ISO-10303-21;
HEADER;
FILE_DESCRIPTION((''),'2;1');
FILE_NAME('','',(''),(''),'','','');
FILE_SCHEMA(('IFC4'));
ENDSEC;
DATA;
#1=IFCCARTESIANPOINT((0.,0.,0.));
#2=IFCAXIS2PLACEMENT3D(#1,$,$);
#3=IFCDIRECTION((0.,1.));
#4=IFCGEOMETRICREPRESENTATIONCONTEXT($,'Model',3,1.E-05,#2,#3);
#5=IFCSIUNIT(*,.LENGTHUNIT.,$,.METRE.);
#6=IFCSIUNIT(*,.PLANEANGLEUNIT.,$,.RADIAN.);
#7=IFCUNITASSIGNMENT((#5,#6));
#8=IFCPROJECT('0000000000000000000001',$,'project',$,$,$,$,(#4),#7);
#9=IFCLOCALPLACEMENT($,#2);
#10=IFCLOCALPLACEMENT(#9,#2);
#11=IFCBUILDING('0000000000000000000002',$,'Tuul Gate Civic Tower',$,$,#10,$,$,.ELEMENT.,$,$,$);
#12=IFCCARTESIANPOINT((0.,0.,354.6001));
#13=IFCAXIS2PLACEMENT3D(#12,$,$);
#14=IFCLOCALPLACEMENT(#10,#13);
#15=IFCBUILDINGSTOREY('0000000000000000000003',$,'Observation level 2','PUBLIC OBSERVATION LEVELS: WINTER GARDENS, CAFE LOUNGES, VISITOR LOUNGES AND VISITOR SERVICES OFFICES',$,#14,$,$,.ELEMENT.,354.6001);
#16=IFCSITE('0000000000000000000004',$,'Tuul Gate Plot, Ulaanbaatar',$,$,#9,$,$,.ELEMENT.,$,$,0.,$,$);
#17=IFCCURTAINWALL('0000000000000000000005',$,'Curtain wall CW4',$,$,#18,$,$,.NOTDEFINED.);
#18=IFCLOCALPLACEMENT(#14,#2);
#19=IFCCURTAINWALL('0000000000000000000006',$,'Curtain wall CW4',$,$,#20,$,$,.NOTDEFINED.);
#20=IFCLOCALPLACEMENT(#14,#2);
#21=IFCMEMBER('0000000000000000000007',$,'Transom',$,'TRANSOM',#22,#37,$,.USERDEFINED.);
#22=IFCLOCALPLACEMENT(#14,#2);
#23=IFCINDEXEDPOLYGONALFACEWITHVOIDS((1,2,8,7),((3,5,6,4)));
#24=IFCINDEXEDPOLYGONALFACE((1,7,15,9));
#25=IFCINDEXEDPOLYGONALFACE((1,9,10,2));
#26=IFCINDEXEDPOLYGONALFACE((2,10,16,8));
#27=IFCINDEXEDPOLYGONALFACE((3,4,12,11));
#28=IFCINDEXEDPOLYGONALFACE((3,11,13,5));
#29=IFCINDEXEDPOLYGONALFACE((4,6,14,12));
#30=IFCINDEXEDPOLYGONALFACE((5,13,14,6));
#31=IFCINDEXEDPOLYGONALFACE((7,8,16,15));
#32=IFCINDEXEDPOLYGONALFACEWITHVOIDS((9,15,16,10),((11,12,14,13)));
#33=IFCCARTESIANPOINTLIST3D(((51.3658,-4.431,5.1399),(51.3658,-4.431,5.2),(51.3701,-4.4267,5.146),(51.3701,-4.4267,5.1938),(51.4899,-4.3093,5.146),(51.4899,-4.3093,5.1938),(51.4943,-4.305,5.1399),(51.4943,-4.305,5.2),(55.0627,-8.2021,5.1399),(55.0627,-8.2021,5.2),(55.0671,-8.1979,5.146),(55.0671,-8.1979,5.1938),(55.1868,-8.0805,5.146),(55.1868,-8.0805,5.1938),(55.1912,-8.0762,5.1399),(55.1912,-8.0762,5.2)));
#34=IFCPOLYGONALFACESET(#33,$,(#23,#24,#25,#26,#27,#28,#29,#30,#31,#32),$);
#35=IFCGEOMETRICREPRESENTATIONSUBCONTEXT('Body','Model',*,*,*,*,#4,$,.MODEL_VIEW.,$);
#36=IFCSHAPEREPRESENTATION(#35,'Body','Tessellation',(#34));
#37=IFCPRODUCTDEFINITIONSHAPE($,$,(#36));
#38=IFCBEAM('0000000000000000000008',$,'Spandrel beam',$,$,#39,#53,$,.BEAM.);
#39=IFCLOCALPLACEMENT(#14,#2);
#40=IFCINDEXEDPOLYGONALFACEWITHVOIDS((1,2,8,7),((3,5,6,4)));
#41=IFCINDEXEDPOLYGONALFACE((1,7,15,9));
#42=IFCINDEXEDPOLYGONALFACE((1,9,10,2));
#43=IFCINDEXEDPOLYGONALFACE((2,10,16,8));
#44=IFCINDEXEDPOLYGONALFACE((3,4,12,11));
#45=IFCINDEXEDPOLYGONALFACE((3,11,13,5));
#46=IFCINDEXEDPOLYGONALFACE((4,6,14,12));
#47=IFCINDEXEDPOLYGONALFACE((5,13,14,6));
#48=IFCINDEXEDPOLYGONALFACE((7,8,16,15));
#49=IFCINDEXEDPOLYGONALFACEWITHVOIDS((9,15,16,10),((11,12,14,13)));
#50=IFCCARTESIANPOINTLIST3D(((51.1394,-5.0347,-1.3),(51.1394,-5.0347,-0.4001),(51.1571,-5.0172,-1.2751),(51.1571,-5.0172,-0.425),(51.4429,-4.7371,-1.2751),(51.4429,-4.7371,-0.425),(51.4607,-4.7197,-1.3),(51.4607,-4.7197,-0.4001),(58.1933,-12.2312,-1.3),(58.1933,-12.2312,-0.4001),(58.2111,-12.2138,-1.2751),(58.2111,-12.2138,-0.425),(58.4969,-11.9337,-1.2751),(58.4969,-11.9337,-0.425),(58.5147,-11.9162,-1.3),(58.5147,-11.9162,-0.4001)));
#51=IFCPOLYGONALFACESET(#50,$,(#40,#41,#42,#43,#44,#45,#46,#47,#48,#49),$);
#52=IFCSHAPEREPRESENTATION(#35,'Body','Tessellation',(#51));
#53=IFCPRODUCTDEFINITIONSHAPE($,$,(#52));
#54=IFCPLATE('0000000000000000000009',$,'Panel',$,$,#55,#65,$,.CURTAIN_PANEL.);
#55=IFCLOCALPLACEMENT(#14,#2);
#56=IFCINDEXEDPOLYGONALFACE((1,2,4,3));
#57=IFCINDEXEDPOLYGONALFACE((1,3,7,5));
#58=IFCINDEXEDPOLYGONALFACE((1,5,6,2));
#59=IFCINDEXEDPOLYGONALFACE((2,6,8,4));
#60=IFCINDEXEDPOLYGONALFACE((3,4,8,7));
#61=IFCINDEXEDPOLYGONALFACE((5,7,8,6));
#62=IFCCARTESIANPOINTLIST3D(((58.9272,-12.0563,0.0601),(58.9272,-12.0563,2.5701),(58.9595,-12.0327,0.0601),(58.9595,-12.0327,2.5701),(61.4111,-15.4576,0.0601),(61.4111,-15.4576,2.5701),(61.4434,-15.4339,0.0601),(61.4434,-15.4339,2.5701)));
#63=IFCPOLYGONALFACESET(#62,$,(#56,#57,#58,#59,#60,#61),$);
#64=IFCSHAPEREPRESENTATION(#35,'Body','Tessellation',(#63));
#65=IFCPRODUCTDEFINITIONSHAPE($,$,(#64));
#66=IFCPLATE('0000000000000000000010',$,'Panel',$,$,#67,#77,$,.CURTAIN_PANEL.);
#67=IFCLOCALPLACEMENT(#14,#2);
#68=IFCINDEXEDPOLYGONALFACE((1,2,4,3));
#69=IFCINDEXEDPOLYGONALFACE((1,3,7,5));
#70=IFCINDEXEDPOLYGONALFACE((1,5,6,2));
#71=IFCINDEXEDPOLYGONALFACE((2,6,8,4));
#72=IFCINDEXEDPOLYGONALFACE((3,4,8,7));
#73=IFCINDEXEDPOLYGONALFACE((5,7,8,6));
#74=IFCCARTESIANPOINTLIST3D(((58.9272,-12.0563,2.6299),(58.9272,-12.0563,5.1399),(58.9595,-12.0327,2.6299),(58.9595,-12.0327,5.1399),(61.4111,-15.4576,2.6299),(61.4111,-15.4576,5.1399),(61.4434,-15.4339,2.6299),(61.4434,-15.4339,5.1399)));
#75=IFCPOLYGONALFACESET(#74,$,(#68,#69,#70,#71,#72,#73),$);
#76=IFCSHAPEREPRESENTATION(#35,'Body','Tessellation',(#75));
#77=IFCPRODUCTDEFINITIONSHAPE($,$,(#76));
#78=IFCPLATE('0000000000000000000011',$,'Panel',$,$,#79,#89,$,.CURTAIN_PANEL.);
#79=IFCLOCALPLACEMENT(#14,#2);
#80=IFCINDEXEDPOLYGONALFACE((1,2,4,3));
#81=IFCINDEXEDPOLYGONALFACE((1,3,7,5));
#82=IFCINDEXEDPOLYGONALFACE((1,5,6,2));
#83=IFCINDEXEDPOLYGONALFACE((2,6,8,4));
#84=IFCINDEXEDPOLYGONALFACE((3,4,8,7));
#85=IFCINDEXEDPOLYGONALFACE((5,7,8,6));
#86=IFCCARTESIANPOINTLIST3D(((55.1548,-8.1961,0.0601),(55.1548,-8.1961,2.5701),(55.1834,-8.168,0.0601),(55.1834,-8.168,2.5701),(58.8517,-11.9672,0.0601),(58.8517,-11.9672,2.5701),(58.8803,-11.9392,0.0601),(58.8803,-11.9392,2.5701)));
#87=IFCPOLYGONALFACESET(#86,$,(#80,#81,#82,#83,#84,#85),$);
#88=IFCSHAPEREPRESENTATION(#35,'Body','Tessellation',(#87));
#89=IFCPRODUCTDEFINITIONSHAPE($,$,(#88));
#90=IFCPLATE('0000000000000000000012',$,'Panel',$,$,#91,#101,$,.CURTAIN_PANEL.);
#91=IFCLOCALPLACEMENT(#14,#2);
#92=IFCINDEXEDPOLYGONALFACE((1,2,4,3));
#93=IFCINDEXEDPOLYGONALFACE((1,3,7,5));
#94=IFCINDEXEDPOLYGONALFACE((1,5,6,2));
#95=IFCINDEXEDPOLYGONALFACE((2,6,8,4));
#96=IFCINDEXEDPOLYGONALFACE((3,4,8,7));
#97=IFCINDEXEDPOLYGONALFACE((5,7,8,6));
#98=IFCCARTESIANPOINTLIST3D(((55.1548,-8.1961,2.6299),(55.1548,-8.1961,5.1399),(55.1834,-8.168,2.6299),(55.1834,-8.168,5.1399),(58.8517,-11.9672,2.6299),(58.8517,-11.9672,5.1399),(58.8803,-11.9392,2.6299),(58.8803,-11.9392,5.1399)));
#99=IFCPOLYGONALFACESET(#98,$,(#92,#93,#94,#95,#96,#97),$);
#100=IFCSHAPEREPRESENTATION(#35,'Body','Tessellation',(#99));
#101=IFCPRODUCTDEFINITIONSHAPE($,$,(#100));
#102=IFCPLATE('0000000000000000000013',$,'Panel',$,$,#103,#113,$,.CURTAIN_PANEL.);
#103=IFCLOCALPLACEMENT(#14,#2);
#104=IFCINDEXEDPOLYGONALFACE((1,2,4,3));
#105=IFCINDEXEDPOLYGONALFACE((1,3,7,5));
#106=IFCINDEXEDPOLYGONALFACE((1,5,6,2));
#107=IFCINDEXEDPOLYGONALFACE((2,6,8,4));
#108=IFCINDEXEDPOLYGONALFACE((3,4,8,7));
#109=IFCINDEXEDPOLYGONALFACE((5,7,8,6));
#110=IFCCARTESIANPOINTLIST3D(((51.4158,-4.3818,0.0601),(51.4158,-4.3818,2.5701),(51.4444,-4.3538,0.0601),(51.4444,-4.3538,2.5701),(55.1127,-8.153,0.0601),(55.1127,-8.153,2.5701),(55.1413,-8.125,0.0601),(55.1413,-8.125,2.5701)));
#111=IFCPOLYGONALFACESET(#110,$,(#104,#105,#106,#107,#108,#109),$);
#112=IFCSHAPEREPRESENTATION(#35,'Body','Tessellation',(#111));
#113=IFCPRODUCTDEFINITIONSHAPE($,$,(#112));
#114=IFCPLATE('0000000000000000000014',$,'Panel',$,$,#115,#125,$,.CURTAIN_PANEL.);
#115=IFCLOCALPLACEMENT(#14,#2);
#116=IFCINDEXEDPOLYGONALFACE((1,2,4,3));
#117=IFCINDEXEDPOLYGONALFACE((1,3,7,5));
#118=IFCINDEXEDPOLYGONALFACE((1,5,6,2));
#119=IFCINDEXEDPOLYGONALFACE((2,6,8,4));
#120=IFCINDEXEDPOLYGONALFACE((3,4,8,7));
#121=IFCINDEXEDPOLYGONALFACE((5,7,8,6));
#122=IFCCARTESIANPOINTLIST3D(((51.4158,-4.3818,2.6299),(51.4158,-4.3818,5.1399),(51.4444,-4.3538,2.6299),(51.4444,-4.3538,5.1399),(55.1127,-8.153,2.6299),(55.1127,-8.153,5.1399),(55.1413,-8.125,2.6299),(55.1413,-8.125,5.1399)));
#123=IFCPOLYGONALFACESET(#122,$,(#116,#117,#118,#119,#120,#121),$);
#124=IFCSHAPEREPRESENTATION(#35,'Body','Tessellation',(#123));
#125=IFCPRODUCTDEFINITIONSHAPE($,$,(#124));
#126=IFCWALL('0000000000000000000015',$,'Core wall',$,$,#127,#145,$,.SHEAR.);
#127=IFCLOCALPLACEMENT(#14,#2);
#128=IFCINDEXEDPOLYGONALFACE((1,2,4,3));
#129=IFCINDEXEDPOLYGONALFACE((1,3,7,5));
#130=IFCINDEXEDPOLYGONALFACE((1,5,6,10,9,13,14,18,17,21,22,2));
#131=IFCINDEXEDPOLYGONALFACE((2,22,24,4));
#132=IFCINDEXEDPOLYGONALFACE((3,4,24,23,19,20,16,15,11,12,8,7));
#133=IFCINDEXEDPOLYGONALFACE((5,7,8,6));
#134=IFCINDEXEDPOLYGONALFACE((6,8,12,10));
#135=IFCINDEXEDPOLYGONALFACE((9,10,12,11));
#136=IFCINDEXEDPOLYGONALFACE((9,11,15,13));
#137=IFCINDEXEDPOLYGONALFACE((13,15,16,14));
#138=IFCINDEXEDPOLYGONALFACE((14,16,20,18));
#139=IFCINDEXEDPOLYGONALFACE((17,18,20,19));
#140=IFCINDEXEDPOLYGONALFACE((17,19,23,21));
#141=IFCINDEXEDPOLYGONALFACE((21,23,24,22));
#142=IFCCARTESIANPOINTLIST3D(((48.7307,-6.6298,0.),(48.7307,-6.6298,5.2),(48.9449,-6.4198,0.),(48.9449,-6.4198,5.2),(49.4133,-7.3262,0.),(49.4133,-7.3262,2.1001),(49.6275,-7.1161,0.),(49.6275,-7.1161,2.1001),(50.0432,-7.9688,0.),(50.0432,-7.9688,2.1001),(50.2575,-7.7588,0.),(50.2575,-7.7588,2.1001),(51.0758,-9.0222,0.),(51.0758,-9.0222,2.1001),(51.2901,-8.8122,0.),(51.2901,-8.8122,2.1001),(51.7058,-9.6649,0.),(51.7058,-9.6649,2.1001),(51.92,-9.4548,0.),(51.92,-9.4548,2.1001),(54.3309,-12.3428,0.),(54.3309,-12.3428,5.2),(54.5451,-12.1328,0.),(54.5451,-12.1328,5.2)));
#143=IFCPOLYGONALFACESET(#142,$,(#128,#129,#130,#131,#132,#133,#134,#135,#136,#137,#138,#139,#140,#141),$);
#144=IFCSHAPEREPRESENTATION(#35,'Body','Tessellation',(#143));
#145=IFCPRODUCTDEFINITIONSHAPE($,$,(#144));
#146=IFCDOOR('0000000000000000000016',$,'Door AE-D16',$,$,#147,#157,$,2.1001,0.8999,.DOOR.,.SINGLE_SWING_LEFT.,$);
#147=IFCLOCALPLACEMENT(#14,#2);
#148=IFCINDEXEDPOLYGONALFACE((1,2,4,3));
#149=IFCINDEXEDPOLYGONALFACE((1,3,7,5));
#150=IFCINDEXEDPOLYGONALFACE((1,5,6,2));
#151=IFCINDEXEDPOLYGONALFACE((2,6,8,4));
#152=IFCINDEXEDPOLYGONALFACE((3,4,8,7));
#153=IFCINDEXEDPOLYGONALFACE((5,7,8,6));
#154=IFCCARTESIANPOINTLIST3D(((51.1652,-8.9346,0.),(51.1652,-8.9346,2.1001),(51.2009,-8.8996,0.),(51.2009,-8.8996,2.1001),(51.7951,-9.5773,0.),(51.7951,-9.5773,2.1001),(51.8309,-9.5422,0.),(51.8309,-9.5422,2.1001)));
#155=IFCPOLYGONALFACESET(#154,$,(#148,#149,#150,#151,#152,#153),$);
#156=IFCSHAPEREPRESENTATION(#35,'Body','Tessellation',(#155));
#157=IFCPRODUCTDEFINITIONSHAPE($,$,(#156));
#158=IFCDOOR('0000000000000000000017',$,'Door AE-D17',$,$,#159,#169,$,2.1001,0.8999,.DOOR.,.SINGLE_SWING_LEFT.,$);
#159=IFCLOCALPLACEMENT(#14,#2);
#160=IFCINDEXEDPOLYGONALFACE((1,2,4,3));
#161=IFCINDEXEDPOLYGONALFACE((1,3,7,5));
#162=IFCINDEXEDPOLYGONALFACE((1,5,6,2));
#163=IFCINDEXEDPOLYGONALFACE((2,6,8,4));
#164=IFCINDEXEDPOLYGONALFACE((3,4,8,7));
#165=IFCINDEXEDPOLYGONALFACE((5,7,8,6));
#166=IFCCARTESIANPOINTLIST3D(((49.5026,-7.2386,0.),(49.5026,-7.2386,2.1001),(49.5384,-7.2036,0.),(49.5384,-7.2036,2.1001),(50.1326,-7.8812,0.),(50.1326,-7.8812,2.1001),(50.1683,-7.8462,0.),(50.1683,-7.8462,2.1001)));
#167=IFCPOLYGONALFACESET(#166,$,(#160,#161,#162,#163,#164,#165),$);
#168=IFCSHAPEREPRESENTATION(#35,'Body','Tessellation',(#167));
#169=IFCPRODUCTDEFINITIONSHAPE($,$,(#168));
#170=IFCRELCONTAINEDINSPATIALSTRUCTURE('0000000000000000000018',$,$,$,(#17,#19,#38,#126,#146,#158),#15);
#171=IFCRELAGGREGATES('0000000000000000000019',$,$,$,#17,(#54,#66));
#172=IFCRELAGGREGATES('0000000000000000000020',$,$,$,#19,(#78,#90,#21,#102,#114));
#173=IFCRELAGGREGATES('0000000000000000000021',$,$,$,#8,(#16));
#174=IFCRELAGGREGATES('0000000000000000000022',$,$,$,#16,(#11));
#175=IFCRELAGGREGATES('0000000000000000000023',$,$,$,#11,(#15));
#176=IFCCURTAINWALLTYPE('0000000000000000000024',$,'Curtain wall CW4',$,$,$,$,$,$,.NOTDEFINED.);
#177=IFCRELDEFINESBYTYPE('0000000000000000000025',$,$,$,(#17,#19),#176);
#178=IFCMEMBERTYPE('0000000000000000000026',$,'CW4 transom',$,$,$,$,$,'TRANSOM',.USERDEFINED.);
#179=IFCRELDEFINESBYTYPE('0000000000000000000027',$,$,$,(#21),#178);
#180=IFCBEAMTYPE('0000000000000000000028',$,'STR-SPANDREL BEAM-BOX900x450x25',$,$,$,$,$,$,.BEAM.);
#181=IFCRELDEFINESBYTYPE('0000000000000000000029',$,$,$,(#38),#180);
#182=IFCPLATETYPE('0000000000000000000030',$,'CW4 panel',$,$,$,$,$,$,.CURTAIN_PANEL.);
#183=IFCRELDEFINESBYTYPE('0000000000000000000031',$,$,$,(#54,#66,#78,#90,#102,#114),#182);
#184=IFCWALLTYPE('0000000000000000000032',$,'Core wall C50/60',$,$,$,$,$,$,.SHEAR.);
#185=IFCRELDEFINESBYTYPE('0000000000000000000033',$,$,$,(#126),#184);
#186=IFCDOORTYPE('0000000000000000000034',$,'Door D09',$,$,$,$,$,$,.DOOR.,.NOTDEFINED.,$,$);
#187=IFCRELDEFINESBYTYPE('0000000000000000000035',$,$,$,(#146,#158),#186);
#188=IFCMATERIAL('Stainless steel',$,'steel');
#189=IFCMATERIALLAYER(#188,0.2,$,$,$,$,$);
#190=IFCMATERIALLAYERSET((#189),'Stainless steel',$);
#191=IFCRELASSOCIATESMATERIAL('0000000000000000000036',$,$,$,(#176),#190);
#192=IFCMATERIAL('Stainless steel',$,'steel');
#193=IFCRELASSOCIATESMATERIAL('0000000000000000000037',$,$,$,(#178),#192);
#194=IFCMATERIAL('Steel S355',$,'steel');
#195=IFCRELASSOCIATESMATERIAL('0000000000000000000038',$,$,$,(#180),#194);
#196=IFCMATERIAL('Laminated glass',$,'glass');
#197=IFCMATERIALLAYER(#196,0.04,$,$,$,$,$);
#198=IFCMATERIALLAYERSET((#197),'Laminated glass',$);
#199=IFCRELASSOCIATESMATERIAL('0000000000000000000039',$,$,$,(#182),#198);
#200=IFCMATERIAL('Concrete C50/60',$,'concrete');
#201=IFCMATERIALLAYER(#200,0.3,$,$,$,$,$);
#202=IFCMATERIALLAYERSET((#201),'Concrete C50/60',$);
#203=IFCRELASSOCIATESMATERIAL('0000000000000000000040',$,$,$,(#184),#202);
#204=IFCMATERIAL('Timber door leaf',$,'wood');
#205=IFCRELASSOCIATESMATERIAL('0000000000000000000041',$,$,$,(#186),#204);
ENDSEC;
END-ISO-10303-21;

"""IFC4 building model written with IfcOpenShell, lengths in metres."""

from ifc_helpers import new_model, si_unit, direction, frame, frame_2d, origin, origin_2d, place, context, subcontext, project, spatial, rectangle, hollow_rectangle, extrude, material, layer, layer_set, material_profile, profile_set, type_object, element, fill, aggregate, save


model = new_model("IFC4")

# Units and contexts
model_context = context("Model", 3, precision=1e-05, world=origin(), true_north=direction((0.0, 1.0)))
body_context = subcontext(model_context, "Body", "Model", "MODEL_VIEW")
ifc_project = project(units=[si_unit("LENGTHUNIT", "METRE"), si_unit("PLANEANGLEUNIT", "RADIAN")], contexts=[model_context])

# Site, building, storey
site_placement = place(None, origin())
site = spatial("IfcSite", under=ifc_project, at=site_placement, Name="Tuul Gate Plot, Ulaanbaatar", CompositionType="ELEMENT", RefElevation=0.0)
building_placement = place(site_placement, origin())
building = spatial("IfcBuilding", under=site, at=building_placement, Name="Tuul Gate Civic Tower", CompositionType="ELEMENT")
storey_placement = place(building_placement, frame((0.0, 0.0, 354.6001)))
storey = spatial("IfcBuildingStorey", under=building, at=storey_placement, Name="Observation level 2", Description="PUBLIC OBSERVATION LEVELS: WINTER GARDENS, CAFE LOUNGES, VISITOR LOUNGES AND VISITOR SERVICES OFFICES", CompositionType="ELEMENT", Elevation=354.6001)

# Curtain wall
ifc_material_1 = material(Name="Stainless steel", Category="steel")
ifc_layer_1 = layer(ifc_material_1, 0.2)
ifc_layer_set_1 = layer_set([ifc_layer_1], Name="Stainless steel")
curtain_wall_type = type_object("IfcCurtainWallType", Name="Curtain wall CW4", PredefinedType="NOTDEFINED", material=ifc_layer_set_1)
curtain_wall_1_placement = place(storey_placement, origin())
curtain_wall_1 = element("IfcCurtainWall", 1, at=curtain_wall_1_placement, inside=storey, type_object=curtain_wall_type, Name="Curtain wall CW4", PredefinedType="NOTDEFINED")

# Curtain wall, member
curtain_wall_2_placement = place(storey_placement, origin())
curtain_wall_2 = element("IfcCurtainWall", 2, at=curtain_wall_2_placement, inside=storey, type_object=curtain_wall_type, Name="Curtain wall CW4", PredefinedType="NOTDEFINED")
ifc_material_2 = material(Name="Stainless steel", Category="steel")
ifc_material_profile_1 = material_profile(ifc_material_2, hollow_rectangle(XDim=0.1799, YDim=0.0601, WallThickness=0.0061, at=origin_2d()), Name="CW4 transom")
ifc_profile_set_1 = profile_set([ifc_material_profile_1], Name="Stainless steel")
member_type_1 = type_object("IfcMemberType", Name="CW4 transom", ElementType="TRANSOM", PredefinedType="USERDEFINED", material=ifc_profile_set_1)
member_1_placement = place(storey_placement, frame((55.127, -8.1392, 5.1699), z_axis=(-0.700045, 0.714099, 0.0), x_axis=(-0.714099, -0.700045, 0.0)))
member_1 = element("IfcMember", 3, at=member_1_placement, type_object=member_type_1, Name="Transom", ObjectType="TRANSOM", PredefinedType="USERDEFINED", context=body_context, shape_type="SweptSolid", body=[
    extrude(hollow_rectangle(XDim=0.1799, YDim=0.0601, WallThickness=0.0061, at=origin_2d()), origin(), (0.0, 0.0, 1.0), 5.281),
])

# Beam
ifc_material_3 = material(Name="Steel S355", Category="steel")
ifc_material_profile_2 = material_profile(ifc_material_3, hollow_rectangle(XDim=0.45, YDim=0.8999, WallThickness=0.0249, at=origin_2d()), Name="BOX900x450x25")
ifc_profile_set_2 = profile_set([ifc_material_profile_2], Name="Steel S355")
beam_type = type_object("IfcBeamType", Name="STR-SPANDREL BEAM-BOX900x450x25", PredefinedType="BEAM", material=ifc_profile_set_2)
beam_placement = place(storey_placement, frame((58.354, -12.0737, -0.8501), z_axis=(-0.699997, 0.714146, 0.0), x_axis=(-0.714146, -0.699997, 0.0)))
element("IfcBeam", 4, at=beam_placement, inside=storey, type_object=beam_type, Name="Spandrel beam", PredefinedType="BEAM", context=body_context, shape_type="SweptSolid", body=[
    extrude(hollow_rectangle(XDim=0.45, YDim=0.8999, WallThickness=0.0249, at=origin_2d()), origin(), (0.0, 0.0, 1.0), 10.0771),
])

# Plates
ifc_material_4 = material(Name="Laminated glass", Category="glass")
ifc_layer_2 = layer(ifc_material_4, 0.04)
ifc_layer_set_2 = layer_set([ifc_layer_2], Name="Laminated glass")
plate_type = type_object("IfcPlateType", Name="CW4 panel", PredefinedType="CURTAIN_PANEL", material=ifc_layer_set_2)
plate_1_placement = place(storey_placement, frame((60.1853, -13.7451, 0.0601), z_axis=(0.0, 0.0, 1.0), x_axis=(-0.58976, 0.807578, 0.0)))
plate_1 = element("IfcPlate", 5, at=plate_1_placement, type_object=plate_type, Name="Panel", PredefinedType="CURTAIN_PANEL", context=body_context, shape_type="SweptSolid", body=[
    extrude(rectangle(XDim=4.2117, YDim=0.04, at=origin_2d()), origin(), (0.0, 0.0, 1.0), 2.51),
])
plate_2_placement = place(storey_placement, frame((60.1853, -13.7451, 2.6299), z_axis=(0.0, 0.0, 1.0), x_axis=(-0.58976, 0.807578, 0.0)))
plate_2 = element("IfcPlate", 6, at=plate_2_placement, type_object=plate_type, Name="Panel", PredefinedType="CURTAIN_PANEL", context=body_context, shape_type="SweptSolid", body=[
    extrude(rectangle(XDim=4.2117, YDim=0.04, at=origin_2d()), origin(), (0.0, 0.0, 1.0), 2.51),
])
aggregate(curtain_wall_1, [plate_1, plate_2])
plate_3_placement = place(storey_placement, frame((57.0176, -10.0676, 0.0601), z_axis=(0.0, 0.0, 1.0), x_axis=(-0.700043, 0.7141, 0.0)))
plate_3 = element("IfcPlate", 7, at=plate_3_placement, type_object=plate_type, Name="Panel", PredefinedType="CURTAIN_PANEL", context=body_context, shape_type="SweptSolid", body=[
    extrude(rectangle(XDim=5.281, YDim=0.04, at=origin_2d()), origin(), (0.0, 0.0, 1.0), 2.51),
])
plate_4_placement = place(storey_placement, frame((57.0176, -10.0676, 2.6299), z_axis=(0.0, 0.0, 1.0), x_axis=(-0.700043, 0.7141, 0.0)))
plate_4 = element("IfcPlate", 8, at=plate_4_placement, type_object=plate_type, Name="Panel", PredefinedType="CURTAIN_PANEL", context=body_context, shape_type="SweptSolid", body=[
    extrude(rectangle(XDim=5.281, YDim=0.04, at=origin_2d()), origin(), (0.0, 0.0, 1.0), 2.51),
])
plate_5_placement = place(storey_placement, frame((53.2786, -6.2534, 0.0601), z_axis=(0.0, 0.0, 1.0), x_axis=(-0.700043, 0.7141, 0.0)))
plate_5 = element("IfcPlate", 9, at=plate_5_placement, type_object=plate_type, Name="Panel", PredefinedType="CURTAIN_PANEL", context=body_context, shape_type="SweptSolid", body=[
    extrude(rectangle(XDim=5.281, YDim=0.04, at=origin_2d()), origin(), (0.0, 0.0, 1.0), 2.51),
])
plate_6_placement = place(storey_placement, frame((53.2786, -6.2534, 2.6299), z_axis=(0.0, 0.0, 1.0), x_axis=(-0.700043, 0.7141, 0.0)))
plate_6 = element("IfcPlate", 10, at=plate_6_placement, type_object=plate_type, Name="Panel", PredefinedType="CURTAIN_PANEL", context=body_context, shape_type="SweptSolid", body=[
    extrude(rectangle(XDim=5.281, YDim=0.04, at=origin_2d()), origin(), (0.0, 0.0, 1.0), 2.51),
])
aggregate(curtain_wall_2, [plate_3, plate_4, member_1, plate_5, plate_6])

# Wall, openings, doors
ifc_material_5 = material(Name="Concrete C50/60", Category="concrete")
ifc_layer_3 = layer(ifc_material_5, 0.3)
ifc_layer_set_3 = layer_set([ifc_layer_3], Name="Concrete C50/60")
wall_type_1 = type_object("IfcWallType", Name="Core wall C50/60", PredefinedType="SHEAR", material=ifc_layer_set_3)
wall_1_placement = place(storey_placement, frame((54.438, -12.2378, 0.0), z_axis=(0.0, 0.0, 1.0), x_axis=(-0.700022, 0.714121, 0.0)))
wall_1 = element("IfcWall", 11, at=wall_1_placement, inside=storey, type_object=wall_type_1, Name="Core wall", PredefinedType="SHEAR", context=body_context, shape_type="SweptSolid", body=[
    extrude(rectangle(XDim=8.0, YDim=0.3, at=frame_2d((4.0, 0.0))), origin(), (0.0, 0.0, 1.0), 5.2),
])
opening_1_placement = place(wall_1_placement, frame((3.75, 0.0, 0.0)))
opening_1 = element("IfcOpeningElement", 12, at=opening_1_placement, cuts=wall_1, PredefinedType="OPENING", context=body_context, shape_type="SweptSolid", body=[
    extrude(rectangle(XDim=0.8999, YDim=2.1001, at=frame_2d((0.45, 1.05))), frame((0.0, 0.1602, 0.0), z_axis=(0.0, -1.0, 0.0), x_axis=(1.0, 0.0, 0.0)), (0.0, 0.0, 1.0), 0.3201),
])
opening_2_placement = place(wall_1_placement, frame((6.125, 0.0, 0.0)))
opening_2 = element("IfcOpeningElement", 13, at=opening_2_placement, cuts=wall_1, PredefinedType="OPENING", context=body_context, shape_type="SweptSolid", body=[
    extrude(rectangle(XDim=0.8999, YDim=2.1001, at=frame_2d((0.45, 1.05))), frame((0.0, 0.1602, 0.0), z_axis=(0.0, -1.0, 0.0), x_axis=(1.0, 0.0, 0.0)), (0.0, 0.0, 1.0), 0.3201),
])
ifc_material_6 = material(Name="Timber door leaf", Category="wood")
door_type_1 = type_object("IfcDoorType", Name="Door D09", OperationType="NOTDEFINED", PredefinedType="DOOR", material=ifc_material_6)
door_1_placement = place(opening_1_placement, origin())
door_1 = element("IfcDoor", 14, at=door_1_placement, inside=storey, type_object=door_type_1, Name="Door AE-D16", OperationType="SINGLE_SWING_LEFT", OverallHeight=2.1001, OverallWidth=0.8999, PredefinedType="DOOR", context=body_context, shape_type="SweptSolid", body=[
    extrude(rectangle(XDim=0.8999, YDim=2.1001, at=frame_2d((0.45, 1.05))), frame((0.0, 0.0249, 0.0), z_axis=(0.0, -1.0, 0.0), x_axis=(1.0, 0.0, 0.0)), (0.0, 0.0, 1.0), 0.05),
])
fill(opening_1, door_1)
door_2_placement = place(opening_2_placement, origin())
door_2 = element("IfcDoor", 15, at=door_2_placement, inside=storey, type_object=door_type_1, Name="Door AE-D17", OperationType="SINGLE_SWING_LEFT", OverallHeight=2.1001, OverallWidth=0.8999, PredefinedType="DOOR", context=body_context, shape_type="SweptSolid", body=[
    extrude(rectangle(XDim=0.8999, YDim=2.1001, at=frame_2d((0.45, 1.05))), frame((0.0, 0.0249, 0.0), z_axis=(0.0, -1.0, 0.0), x_axis=(1.0, 0.0, 0.0)), (0.0, 0.0, 1.0), 0.05),
])
fill(opening_2, door_2)

save(model, "model.ifc")
